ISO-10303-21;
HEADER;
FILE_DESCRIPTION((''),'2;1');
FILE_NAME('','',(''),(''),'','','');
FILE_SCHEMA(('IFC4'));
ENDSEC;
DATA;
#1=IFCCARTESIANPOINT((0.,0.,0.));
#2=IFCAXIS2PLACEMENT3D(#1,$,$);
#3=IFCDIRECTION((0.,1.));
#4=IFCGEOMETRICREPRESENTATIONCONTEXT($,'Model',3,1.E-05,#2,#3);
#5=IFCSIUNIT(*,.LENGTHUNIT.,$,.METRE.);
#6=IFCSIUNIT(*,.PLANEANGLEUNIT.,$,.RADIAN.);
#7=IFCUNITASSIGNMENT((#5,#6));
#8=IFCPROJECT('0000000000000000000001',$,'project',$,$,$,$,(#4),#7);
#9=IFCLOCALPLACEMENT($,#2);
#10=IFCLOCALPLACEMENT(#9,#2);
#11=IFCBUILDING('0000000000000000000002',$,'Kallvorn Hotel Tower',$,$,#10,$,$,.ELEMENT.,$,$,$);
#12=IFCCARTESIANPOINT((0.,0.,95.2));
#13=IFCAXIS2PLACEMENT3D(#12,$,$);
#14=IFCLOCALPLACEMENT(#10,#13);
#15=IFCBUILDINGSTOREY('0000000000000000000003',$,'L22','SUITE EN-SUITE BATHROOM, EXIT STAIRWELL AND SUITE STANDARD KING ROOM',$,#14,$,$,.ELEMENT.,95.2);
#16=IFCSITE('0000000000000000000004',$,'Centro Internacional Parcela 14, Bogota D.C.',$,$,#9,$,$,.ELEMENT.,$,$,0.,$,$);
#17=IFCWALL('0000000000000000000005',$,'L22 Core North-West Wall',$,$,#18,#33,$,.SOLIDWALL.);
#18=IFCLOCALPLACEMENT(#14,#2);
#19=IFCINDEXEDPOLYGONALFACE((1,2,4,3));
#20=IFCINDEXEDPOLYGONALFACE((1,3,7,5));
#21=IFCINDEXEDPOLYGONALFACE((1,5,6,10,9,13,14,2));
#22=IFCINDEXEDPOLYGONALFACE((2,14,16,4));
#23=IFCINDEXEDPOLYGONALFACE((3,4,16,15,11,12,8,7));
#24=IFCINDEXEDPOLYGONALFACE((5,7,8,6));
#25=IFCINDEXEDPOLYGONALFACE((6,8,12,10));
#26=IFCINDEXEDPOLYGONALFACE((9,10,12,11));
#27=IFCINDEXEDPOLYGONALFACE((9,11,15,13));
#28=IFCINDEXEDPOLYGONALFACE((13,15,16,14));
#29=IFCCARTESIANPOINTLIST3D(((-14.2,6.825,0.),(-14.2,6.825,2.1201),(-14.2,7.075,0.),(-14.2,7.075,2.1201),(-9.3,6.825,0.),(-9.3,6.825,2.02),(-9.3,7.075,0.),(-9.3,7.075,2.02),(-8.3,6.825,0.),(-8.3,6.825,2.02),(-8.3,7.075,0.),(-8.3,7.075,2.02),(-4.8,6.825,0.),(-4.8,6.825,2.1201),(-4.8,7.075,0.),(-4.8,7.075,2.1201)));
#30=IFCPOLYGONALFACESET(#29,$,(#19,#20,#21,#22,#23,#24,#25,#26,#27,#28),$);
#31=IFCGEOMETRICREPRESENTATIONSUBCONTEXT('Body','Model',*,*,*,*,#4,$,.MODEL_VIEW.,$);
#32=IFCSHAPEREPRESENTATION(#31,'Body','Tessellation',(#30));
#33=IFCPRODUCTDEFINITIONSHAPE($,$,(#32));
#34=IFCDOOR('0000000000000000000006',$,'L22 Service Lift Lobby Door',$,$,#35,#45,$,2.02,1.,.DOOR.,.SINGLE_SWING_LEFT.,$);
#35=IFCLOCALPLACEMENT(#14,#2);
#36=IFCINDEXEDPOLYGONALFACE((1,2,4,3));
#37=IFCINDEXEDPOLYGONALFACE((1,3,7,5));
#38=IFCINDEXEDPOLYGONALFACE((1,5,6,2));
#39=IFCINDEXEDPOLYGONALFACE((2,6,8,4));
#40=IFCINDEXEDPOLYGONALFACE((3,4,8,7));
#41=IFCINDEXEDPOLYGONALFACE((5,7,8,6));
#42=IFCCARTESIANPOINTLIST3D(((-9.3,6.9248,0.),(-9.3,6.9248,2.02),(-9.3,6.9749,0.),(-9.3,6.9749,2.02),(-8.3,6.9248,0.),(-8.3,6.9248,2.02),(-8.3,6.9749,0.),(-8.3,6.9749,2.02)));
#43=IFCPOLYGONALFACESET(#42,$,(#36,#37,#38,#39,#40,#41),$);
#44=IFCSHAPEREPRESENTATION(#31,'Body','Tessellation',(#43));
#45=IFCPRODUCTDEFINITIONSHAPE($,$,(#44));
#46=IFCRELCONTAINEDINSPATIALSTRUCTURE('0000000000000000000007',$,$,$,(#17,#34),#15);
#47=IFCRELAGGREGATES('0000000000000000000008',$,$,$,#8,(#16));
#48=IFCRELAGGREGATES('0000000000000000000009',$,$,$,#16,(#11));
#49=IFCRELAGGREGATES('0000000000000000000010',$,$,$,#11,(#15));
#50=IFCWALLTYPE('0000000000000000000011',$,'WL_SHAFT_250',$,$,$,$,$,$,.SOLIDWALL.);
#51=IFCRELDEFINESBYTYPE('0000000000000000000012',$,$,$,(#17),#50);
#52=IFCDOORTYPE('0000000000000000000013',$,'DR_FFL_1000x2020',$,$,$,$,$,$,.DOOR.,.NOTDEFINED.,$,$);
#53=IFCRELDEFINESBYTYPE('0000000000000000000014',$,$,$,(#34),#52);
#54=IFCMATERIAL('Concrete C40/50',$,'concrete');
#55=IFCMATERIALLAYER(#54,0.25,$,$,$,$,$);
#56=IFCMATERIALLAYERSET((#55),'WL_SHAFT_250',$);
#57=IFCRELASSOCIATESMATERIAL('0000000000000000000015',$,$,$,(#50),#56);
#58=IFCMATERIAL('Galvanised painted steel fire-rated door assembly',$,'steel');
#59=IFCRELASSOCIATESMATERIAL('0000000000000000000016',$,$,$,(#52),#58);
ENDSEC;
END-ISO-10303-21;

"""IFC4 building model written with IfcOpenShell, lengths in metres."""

from ifc_helpers import new_model, si_unit, direction, frame, frame_2d, origin, place, context, subcontext, project, spatial, rectangle, extrude, material, layer, layer_set, type_object, element, fill, save


model = new_model("IFC4")

# Units and contexts
model_context = context("Model", 3, precision=1e-05, world=origin(), true_north=direction((0.0, 1.0)))
body_context = subcontext(model_context, "Body", "Model", "MODEL_VIEW")
ifc_project = project(units=[si_unit("LENGTHUNIT", "METRE"), si_unit("PLANEANGLEUNIT", "RADIAN")], contexts=[model_context])

# Site, building, storey
site_placement = place(None, origin())
site = spatial("IfcSite", under=ifc_project, at=site_placement, Name="Centro Internacional Parcela 14, Bogota D.C.", CompositionType="ELEMENT", RefElevation=0.0)
building_placement = place(site_placement, origin())
building = spatial("IfcBuilding", under=site, at=building_placement, Name="Kallvorn Hotel Tower", CompositionType="ELEMENT")
storey_placement = place(building_placement, frame((0.0, 0.0, 95.2)))
storey = spatial("IfcBuildingStorey", under=building, at=storey_placement, Name="L22", Description="SUITE EN-SUITE BATHROOM, EXIT STAIRWELL AND SUITE STANDARD KING ROOM", CompositionType="ELEMENT", Elevation=95.2)

# Wall, opening, door
ifc_material_1 = material(Name="Concrete C40/50", Category="concrete")
ifc_layer_1 = layer(ifc_material_1, 0.25)
ifc_layer_set_1 = layer_set([ifc_layer_1], Name="WL_SHAFT_250")
wall_type_1 = type_object("IfcWallType", Name="WL_SHAFT_250", PredefinedType="SOLIDWALL", material=ifc_layer_set_1)
wall_1_placement = place(storey_placement, frame((-14.2, 6.95, 0.0), z_axis=(0.0, 0.0, 1.0), x_axis=(1.0, 0.0, 0.0)))
wall_1 = element("IfcWall", 1, at=wall_1_placement, inside=storey, type_object=wall_type_1, Name="L22 Core North-West Wall", PredefinedType="SOLIDWALL", context=body_context, shape_type="SweptSolid", body=[
    extrude(rectangle(XDim=9.3999, YDim=0.25, at=frame_2d((4.7, 0.0))), origin(), (0.0, 0.0, 1.0), 2.1201),
])
opening_1_placement = place(wall_1_placement, frame((4.8999, 0.0, 0.0)))
opening_1 = element("IfcOpeningElement", 2, at=opening_1_placement, cuts=wall_1, PredefinedType="OPENING", context=body_context, shape_type="SweptSolid", body=[
    extrude(rectangle(XDim=1.0, YDim=2.02, at=frame_2d((0.5, 1.01))), frame((0.0, 0.1399, 0.0), z_axis=(0.0, -1.0, 0.0), x_axis=(1.0, 0.0, 0.0)), (0.0, 0.0, 1.0), 0.28),
])
ifc_material_2 = material(Name="Galvanised painted steel fire-rated door assembly", Category="steel")
door_type_1 = type_object("IfcDoorType", Name="DR_FFL_1000x2020", OperationType="NOTDEFINED", PredefinedType="DOOR", material=ifc_material_2)
door_1_placement = place(opening_1_placement, origin())
door_1 = element("IfcDoor", 3, at=door_1_placement, inside=storey, type_object=door_type_1, Name="L22 Service Lift Lobby Door", OperationType="SINGLE_SWING_LEFT", OverallHeight=2.02, OverallWidth=1.0, PredefinedType="DOOR", context=body_context, shape_type="SweptSolid", body=[
    extrude(rectangle(XDim=1.0, YDim=2.02, at=frame_2d((0.5, 1.01))), frame((0.0, 0.0249, 0.0), z_axis=(0.0, -1.0, 0.0), x_axis=(1.0, 0.0, 0.0)), (0.0, 0.0, 1.0), 0.05),
])
fill(opening_1, door_1)

save(model, "model.ifc")
